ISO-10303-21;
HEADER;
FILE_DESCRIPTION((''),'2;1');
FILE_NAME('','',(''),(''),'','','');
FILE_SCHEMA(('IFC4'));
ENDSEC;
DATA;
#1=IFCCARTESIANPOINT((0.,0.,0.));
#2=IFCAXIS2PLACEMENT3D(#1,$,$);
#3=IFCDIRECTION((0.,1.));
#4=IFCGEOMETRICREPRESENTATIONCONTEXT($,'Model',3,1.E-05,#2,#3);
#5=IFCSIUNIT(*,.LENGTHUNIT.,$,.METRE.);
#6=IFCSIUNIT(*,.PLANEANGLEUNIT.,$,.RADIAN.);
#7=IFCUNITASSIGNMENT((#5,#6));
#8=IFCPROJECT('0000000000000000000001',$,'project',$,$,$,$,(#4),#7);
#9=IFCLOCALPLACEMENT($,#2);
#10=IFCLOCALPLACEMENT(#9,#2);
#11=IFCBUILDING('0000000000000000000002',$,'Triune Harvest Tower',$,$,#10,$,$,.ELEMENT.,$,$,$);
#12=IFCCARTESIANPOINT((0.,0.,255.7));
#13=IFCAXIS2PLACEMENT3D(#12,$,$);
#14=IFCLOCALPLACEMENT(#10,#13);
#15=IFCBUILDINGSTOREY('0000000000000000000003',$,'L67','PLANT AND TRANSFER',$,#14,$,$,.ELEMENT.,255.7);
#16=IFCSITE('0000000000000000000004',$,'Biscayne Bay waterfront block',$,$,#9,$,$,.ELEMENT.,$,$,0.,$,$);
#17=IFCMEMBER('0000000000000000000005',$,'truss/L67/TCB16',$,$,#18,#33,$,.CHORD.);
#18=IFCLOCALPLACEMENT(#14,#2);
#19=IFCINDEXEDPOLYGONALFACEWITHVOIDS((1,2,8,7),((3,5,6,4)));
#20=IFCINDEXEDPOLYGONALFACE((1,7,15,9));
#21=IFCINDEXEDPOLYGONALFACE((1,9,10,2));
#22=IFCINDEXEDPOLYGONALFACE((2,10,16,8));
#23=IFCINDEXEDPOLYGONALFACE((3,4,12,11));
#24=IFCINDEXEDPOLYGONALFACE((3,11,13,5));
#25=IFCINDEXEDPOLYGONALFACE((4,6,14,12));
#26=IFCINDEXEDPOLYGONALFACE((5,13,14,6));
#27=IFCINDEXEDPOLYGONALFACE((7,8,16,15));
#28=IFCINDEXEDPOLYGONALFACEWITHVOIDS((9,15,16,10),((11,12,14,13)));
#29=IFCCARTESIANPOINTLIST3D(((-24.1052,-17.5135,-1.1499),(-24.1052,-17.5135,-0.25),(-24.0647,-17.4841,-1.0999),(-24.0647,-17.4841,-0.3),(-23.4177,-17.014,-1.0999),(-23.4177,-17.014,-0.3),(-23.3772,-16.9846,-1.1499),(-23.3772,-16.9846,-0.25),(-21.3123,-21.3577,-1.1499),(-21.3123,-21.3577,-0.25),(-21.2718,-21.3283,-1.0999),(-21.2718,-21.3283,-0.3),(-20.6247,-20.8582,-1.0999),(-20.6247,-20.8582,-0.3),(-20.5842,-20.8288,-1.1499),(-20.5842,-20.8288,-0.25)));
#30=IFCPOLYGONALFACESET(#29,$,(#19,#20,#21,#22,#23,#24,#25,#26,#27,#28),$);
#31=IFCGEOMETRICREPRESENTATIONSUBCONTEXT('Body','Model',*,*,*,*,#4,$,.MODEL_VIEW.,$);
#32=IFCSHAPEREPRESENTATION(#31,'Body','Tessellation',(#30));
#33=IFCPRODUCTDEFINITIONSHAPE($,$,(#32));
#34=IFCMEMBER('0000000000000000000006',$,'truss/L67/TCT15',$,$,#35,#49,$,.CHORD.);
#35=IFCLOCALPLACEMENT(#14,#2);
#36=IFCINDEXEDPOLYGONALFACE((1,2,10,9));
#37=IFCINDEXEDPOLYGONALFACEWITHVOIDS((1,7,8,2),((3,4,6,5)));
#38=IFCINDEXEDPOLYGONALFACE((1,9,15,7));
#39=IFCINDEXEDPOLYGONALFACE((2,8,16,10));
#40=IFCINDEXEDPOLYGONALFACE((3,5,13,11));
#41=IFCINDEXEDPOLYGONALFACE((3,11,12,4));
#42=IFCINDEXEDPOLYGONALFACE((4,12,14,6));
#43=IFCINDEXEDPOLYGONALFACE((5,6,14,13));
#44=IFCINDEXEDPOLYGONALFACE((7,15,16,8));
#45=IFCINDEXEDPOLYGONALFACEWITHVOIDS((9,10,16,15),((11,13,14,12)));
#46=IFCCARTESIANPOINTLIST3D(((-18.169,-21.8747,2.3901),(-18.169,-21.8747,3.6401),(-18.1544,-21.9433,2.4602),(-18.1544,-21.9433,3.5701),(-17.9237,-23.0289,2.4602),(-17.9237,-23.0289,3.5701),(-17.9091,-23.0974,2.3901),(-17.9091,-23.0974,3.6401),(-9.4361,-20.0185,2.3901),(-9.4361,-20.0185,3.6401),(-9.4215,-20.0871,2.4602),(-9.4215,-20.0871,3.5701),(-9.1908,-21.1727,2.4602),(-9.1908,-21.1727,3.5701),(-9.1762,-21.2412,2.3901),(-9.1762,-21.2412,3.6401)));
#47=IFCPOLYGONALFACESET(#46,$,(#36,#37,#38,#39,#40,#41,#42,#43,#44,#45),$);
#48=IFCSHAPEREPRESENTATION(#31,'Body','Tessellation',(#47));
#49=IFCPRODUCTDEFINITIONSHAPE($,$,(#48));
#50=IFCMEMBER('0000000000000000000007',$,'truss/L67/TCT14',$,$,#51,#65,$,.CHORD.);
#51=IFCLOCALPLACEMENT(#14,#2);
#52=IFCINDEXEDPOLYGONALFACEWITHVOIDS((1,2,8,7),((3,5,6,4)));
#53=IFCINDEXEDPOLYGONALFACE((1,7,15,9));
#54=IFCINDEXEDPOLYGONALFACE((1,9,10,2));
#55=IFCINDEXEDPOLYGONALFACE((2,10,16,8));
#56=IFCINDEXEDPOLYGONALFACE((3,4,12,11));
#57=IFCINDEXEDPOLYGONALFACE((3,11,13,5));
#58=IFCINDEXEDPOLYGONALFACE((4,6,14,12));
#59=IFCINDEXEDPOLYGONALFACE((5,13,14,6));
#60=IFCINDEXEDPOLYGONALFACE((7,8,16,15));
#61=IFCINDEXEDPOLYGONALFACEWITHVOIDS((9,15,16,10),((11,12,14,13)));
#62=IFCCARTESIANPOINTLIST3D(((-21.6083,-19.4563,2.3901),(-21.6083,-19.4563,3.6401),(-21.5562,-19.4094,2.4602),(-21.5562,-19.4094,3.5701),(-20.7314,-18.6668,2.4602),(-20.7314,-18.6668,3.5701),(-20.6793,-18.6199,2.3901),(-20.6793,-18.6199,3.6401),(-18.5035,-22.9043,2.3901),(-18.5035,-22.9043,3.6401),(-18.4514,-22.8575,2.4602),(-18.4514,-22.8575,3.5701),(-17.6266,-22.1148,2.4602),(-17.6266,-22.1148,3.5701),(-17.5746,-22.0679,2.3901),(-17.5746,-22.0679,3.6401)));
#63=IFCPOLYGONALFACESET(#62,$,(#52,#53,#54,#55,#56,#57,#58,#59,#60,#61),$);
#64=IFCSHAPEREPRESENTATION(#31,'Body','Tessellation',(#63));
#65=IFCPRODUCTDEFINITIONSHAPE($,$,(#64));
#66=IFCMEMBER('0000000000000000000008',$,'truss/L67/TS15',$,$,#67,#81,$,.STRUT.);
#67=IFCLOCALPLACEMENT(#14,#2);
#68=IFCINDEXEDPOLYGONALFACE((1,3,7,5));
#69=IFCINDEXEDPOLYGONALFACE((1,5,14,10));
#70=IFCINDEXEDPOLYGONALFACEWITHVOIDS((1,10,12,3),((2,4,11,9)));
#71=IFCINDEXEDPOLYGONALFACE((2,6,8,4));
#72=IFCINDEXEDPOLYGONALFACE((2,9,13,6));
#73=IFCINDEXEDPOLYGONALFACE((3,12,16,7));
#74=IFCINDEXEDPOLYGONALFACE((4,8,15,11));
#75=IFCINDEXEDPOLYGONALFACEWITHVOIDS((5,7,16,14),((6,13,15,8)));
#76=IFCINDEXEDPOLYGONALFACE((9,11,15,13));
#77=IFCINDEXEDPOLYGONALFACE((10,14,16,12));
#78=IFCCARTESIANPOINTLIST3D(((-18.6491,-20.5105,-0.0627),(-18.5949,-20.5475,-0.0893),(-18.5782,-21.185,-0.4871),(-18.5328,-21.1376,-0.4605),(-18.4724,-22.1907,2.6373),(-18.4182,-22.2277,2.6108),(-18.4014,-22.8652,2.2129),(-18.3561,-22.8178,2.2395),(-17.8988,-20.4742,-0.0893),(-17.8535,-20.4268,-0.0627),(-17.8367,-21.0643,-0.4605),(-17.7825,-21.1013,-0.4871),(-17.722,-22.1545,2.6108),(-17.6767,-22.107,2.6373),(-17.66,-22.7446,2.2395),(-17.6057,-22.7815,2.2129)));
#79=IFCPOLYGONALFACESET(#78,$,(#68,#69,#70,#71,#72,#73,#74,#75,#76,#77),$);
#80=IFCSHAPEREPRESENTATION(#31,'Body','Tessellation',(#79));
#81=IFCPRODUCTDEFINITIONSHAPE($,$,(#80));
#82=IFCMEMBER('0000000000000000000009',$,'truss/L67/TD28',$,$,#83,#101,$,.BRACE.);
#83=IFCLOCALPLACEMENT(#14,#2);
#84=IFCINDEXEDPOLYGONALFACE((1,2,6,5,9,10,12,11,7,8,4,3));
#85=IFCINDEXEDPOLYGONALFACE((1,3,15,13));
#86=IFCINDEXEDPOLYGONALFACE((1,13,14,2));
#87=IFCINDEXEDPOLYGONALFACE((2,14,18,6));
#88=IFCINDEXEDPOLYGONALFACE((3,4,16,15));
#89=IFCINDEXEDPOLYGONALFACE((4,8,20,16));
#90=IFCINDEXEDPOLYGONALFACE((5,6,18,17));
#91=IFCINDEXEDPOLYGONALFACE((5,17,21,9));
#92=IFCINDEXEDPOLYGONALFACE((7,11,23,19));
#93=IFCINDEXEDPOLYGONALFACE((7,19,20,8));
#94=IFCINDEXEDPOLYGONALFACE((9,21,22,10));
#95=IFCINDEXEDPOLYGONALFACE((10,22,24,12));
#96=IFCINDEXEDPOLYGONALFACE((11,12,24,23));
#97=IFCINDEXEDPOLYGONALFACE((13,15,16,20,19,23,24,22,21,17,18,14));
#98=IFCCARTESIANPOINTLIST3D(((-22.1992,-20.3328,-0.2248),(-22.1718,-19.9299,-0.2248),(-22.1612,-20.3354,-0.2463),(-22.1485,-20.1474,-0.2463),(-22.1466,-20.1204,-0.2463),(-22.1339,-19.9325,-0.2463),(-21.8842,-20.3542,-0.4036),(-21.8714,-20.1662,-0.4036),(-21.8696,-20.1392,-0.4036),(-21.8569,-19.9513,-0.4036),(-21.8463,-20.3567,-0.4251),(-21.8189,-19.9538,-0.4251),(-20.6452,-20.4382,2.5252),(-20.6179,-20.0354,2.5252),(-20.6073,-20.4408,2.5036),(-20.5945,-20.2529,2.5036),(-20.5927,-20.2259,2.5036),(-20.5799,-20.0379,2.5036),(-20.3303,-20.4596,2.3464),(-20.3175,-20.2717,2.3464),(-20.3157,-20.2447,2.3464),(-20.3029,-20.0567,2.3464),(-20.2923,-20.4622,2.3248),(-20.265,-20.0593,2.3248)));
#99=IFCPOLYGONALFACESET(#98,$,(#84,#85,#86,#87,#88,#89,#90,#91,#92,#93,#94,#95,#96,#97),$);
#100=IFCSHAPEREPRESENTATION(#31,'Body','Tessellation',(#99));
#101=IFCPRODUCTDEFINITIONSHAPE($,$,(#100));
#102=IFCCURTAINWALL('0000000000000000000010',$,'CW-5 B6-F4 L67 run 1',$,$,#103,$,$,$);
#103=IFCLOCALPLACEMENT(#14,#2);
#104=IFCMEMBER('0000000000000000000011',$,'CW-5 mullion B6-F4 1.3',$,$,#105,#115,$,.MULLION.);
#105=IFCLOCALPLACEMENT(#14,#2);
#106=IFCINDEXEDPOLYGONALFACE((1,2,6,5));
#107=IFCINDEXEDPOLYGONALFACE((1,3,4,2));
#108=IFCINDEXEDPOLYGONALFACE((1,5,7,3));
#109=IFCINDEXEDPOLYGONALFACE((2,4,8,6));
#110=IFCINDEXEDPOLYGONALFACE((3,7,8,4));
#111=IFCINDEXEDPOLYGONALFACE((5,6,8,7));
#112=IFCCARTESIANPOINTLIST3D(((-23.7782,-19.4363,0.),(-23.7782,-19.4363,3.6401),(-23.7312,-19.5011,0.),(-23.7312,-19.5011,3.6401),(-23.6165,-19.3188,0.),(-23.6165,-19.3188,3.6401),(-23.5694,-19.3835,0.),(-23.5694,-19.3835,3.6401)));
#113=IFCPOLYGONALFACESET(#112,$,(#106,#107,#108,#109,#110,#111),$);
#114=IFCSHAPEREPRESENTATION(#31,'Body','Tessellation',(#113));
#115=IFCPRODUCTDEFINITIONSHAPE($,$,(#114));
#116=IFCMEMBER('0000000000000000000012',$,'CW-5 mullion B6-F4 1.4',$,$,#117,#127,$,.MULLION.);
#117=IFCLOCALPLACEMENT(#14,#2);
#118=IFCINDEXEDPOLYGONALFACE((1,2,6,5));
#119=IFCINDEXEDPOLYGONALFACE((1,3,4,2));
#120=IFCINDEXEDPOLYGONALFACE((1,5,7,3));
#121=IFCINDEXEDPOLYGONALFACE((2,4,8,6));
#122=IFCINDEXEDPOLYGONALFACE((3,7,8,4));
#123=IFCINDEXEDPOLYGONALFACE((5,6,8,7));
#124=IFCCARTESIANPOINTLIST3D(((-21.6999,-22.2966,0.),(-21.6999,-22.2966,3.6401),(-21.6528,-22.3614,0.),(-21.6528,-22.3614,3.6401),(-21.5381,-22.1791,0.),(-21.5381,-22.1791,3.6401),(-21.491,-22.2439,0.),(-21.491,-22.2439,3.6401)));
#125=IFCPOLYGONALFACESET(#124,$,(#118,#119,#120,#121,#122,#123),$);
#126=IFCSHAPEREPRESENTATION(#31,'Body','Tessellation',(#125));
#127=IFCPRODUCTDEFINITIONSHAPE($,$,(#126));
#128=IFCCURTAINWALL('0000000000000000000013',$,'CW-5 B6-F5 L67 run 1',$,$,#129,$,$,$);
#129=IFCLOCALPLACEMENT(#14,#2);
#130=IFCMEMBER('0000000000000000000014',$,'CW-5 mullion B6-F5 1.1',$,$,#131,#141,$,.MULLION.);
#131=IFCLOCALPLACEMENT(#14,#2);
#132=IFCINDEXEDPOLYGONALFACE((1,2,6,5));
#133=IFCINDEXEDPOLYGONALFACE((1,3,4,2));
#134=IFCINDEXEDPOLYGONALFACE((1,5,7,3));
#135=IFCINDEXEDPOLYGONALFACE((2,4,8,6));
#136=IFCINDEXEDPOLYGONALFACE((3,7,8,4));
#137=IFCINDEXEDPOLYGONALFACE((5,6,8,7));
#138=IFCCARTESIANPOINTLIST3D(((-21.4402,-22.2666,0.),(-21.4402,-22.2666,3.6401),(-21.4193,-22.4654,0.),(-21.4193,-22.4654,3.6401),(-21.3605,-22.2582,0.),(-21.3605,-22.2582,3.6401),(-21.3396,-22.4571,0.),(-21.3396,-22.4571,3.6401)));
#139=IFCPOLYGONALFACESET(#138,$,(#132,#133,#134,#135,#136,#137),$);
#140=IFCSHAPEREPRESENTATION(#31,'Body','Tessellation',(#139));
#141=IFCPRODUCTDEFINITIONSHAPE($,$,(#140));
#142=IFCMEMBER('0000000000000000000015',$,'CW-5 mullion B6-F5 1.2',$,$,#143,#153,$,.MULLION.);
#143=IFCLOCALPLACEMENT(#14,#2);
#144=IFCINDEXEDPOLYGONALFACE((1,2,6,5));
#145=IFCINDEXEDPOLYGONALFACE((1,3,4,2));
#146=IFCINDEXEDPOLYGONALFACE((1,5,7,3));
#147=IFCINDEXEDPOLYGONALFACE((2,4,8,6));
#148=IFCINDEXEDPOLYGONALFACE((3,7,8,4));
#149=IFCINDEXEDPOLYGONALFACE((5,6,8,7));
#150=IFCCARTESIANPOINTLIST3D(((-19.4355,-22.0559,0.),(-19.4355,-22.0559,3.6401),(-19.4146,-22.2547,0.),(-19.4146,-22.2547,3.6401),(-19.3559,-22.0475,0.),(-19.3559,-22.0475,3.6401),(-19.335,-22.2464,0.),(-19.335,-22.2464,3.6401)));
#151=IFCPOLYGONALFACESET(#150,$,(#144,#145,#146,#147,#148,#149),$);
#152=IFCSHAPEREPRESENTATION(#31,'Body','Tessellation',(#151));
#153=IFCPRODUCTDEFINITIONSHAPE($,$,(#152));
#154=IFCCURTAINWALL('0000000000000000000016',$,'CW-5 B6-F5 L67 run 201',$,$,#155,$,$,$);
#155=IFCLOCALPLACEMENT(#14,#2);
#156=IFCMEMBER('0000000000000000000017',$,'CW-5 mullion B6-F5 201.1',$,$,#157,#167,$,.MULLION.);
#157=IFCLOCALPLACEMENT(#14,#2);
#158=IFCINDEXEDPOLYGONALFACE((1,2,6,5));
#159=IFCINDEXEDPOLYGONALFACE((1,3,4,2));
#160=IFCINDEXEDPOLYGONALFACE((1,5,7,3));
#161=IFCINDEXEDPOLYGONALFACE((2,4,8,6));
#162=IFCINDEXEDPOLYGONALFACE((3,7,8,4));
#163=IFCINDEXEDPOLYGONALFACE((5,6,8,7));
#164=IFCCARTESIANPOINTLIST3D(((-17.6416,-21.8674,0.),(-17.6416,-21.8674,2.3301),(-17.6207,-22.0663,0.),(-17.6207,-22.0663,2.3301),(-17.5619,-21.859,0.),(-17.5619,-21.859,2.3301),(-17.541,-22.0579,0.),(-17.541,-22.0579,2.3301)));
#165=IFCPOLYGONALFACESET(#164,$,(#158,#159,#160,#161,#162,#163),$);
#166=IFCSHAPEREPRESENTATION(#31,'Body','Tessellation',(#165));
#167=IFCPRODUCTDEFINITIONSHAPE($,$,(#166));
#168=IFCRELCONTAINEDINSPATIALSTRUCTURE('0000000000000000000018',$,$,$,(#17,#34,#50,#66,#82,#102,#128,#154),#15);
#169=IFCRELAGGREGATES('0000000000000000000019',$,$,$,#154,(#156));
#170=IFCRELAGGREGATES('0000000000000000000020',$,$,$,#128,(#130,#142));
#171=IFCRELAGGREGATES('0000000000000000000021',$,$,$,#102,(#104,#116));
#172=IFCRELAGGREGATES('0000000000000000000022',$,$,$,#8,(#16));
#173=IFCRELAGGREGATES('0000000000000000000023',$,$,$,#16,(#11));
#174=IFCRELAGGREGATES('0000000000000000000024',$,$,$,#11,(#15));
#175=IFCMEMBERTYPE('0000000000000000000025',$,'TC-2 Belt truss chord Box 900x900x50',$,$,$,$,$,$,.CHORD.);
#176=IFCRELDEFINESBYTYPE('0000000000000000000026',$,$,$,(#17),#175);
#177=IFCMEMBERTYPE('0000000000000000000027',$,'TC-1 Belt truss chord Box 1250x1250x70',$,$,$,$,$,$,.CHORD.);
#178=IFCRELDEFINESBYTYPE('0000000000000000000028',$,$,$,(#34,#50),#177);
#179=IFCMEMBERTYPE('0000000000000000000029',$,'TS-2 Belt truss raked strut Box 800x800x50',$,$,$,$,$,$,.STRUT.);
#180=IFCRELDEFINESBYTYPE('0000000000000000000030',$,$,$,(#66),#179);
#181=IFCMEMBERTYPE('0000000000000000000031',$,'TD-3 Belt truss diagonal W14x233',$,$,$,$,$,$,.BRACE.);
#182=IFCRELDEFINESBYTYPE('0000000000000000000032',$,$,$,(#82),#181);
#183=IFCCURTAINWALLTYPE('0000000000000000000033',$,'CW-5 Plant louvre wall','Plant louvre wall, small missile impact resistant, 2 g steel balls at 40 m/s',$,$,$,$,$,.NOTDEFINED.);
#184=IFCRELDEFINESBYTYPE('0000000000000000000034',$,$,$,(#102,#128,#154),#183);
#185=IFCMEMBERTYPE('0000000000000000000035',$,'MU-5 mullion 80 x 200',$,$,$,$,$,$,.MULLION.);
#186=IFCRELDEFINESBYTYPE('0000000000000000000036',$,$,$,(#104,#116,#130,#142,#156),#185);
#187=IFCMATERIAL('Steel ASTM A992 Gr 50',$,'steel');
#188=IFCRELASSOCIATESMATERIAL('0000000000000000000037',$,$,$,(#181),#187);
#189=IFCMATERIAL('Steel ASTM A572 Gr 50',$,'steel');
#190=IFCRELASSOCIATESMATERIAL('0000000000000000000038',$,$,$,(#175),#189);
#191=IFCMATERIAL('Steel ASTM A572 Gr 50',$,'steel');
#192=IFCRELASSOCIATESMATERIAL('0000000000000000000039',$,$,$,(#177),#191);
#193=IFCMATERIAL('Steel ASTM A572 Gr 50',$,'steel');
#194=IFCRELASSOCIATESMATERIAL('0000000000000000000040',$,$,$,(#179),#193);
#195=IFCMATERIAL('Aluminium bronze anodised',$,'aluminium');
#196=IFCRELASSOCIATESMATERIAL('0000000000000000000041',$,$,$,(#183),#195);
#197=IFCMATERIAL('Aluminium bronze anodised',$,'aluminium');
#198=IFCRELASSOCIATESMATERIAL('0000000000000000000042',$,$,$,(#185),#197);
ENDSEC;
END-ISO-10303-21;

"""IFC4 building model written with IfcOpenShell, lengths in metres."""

from ifc_helpers import new_model, si_unit, direction, frame, origin, origin_2d, place, context, subcontext, project, spatial, rectangle, hollow_rectangle, i_section, extrude, source, transform, mapped, material, material_profile, profile_set, type_object, element, aggregate, save


model = new_model("IFC4")

# Units and contexts
model_context = context("Model", 3, precision=1e-05, world=origin(), true_north=direction((0.0, 1.0)))
body_context = subcontext(model_context, "Body", "Model", "MODEL_VIEW")
ifc_project = project(units=[si_unit("LENGTHUNIT", "METRE"), si_unit("PLANEANGLEUNIT", "RADIAN")], contexts=[model_context])

# Site, building, storey
site_placement = place(None, origin())
site = spatial("IfcSite", under=ifc_project, at=site_placement, Name="Biscayne Bay waterfront block", CompositionType="ELEMENT", RefElevation=0.0)
building_placement = place(site_placement, origin())
building = spatial("IfcBuilding", under=site, at=building_placement, Name="Triune Harvest Tower", CompositionType="ELEMENT")
storey_placement = place(building_placement, frame((0.0, 0.0, 255.7)))
storey = spatial("IfcBuildingStorey", under=building, at=storey_placement, Name="L67", Description="PLANT AND TRANSFER", CompositionType="ELEMENT", Elevation=255.7)

# Members
ifc_material_1 = material(Name="Steel ASTM A992 Gr 50", Category="steel")
ifc_material_profile_1 = material_profile(ifc_material_1, i_section(OverallWidth=0.4038, OverallDepth=0.4065, WebThickness=0.0271, FlangeThickness=0.0437, at=origin_2d()), Name="W14x233")
ifc_profile_set_1 = profile_set([ifc_material_profile_1], Name="Steel ASTM A992 Gr 50")
member_type_1 = type_object("IfcMemberType", Name="TD-3 Belt truss diagonal W14x233", PredefinedType="BRACE", material=ifc_profile_set_1)
ifc_material_2 = material(Name="Steel ASTM A572 Gr 50", Category="steel")
ifc_material_profile_2 = material_profile(ifc_material_2, hollow_rectangle(XDim=0.8999, YDim=0.8999, WallThickness=0.05, at=origin_2d()), Name="Box 900x900x50")
ifc_profile_set_2 = profile_set([ifc_material_profile_2], Name="Steel ASTM A572 Gr 50")
member_type_2 = type_object("IfcMemberType", Name="TC-2 Belt truss chord Box 900x900x50", PredefinedType="CHORD", material=ifc_profile_set_2)
shared_shape_1 = source(origin(), body_context, "Body", "SweptSolid", [
    extrude(hollow_rectangle(XDim=0.8999, YDim=0.8999, WallThickness=0.05, at=origin_2d()), origin(), (0.0, 0.0, 1.0), 4.7517),
])
member_1_placement = place(storey_placement, frame((-23.7412, -17.249, -0.7), z_axis=(0.587781, -0.80902, 0.0), x_axis=(0.80902, 0.587781, 0.0)))
element("IfcMember", 1, at=member_1_placement, inside=storey, type_object=member_type_2, Name="truss/L67/TCB16", PredefinedType="CHORD", context=body_context, shape_type="MappedRepresentation", body=[
    mapped(shared_shape_1, transform((0.0, 0.0, 0.0), scale=1.0)),
])
ifc_material_3 = material(Name="Steel ASTM A572 Gr 50", Category="steel")
ifc_material_profile_3 = material_profile(ifc_material_3, hollow_rectangle(XDim=1.25, YDim=1.25, WallThickness=0.0701, at=origin_2d()), Name="Box 1250x1250x70")
ifc_profile_set_3 = profile_set([ifc_material_profile_3], Name="Steel ASTM A572 Gr 50")
member_type_3 = type_object("IfcMemberType", Name="TC-1 Belt truss chord Box 1250x1250x70", PredefinedType="CHORD", material=ifc_profile_set_3)
shared_shape_2 = source(origin(), body_context, "Body", "SweptSolid", [
    extrude(hollow_rectangle(XDim=1.25, YDim=1.25, WallThickness=0.0701, at=origin_2d()), origin(), (0.0, 0.0, 1.0), 8.928),
])
member_2_placement = place(storey_placement, frame((-18.0391, -22.4861, 3.0151), z_axis=(0.978148, 0.207908, 0.0), x_axis=(-0.207908, 0.978148, 0.0)))
element("IfcMember", 2, at=member_2_placement, inside=storey, type_object=member_type_3, Name="truss/L67/TCT15", PredefinedType="CHORD", context=body_context, shape_type="MappedRepresentation", body=[
    mapped(shared_shape_2, transform((0.0, 0.0, 0.0), scale=1.0)),
])
shared_shape_3 = source(origin(), body_context, "Body", "SweptSolid", [
    extrude(hollow_rectangle(XDim=1.25, YDim=1.25, WallThickness=0.0701, at=origin_2d()), origin(), (0.0, 0.0, 1.0), 4.6399),
])
member_3_placement = place(storey_placement, frame((-21.1438, -19.0381, 3.0151), z_axis=(0.669148, -0.743129, 0.0), x_axis=(0.743129, 0.669148, 0.0)))
element("IfcMember", 3, at=member_3_placement, inside=storey, type_object=member_type_3, Name="truss/L67/TCT14", PredefinedType="CHORD", context=body_context, shape_type="MappedRepresentation", body=[
    mapped(shared_shape_3, transform((0.0, 0.0, 0.0), scale=1.0)),
])
ifc_material_4 = material(Name="Steel ASTM A572 Gr 50", Category="steel")
ifc_material_profile_4 = material_profile(ifc_material_4, hollow_rectangle(XDim=0.8, YDim=0.8, WallThickness=0.05, at=origin_2d()), Name="Box 800x800x50")
ifc_profile_set_4 = profile_set([ifc_material_profile_4], Name="Steel ASTM A572 Gr 50")
member_type_4 = type_object("IfcMemberType", Name="TS-2 Belt truss raked strut Box 800x800x50", PredefinedType="STRUT", material=ifc_profile_set_4)
shared_shape_4 = source(origin(), body_context, "Body", "SweptSolid", [
    extrude(hollow_rectangle(XDim=0.8, YDim=0.8, WallThickness=0.05, at=origin_2d()), origin(), (0.0, 0.0, 1.0), 3.1851),
])
member_4_placement = place(storey_placement, frame((-18.2158, -20.8059, -0.2749), z_axis=(0.055498, -0.527534, 0.847719), x_axis=(0.994512, 0.104625, 0.0)))
element("IfcMember", 4, at=member_4_placement, inside=storey, type_object=member_type_4, Name="truss/L67/TS15", PredefinedType="STRUT", context=body_context, shape_type="MappedRepresentation", body=[
    mapped(shared_shape_4, transform((0.0, 0.0, 0.0), scale=1.0)),
])
shared_shape_5 = source(origin(), body_context, "Body", "SweptSolid", [
    extrude(i_section(OverallWidth=0.4038, OverallDepth=0.4065, WebThickness=0.0271, FlangeThickness=0.0437, at=origin_2d()), origin(), (0.0, 0.0, 1.0), 3.1604),
])
member_5_placement = place(storey_placement, frame((-22.009, -20.1433, -0.325), z_axis=(0.491689, -0.033372, 0.870131), x_axis=(0.067715, 0.997705, 0.0)))
element("IfcMember", 5, at=member_5_placement, inside=storey, type_object=member_type_1, Name="truss/L67/TD28", PredefinedType="BRACE", context=body_context, shape_type="MappedRepresentation", body=[
    mapped(shared_shape_5, transform((0.0, 0.0, 0.0), scale=1.0)),
])

# Curtain walls, members
ifc_material_5 = material(Name="Aluminium bronze anodised", Category="aluminium")
curtain_wall_type = type_object("IfcCurtainWallType", Name="CW-5 Plant louvre wall", Description="Plant louvre wall, small missile impact resistant, 2 g steel balls at 40 m/s", PredefinedType="NOTDEFINED", material=ifc_material_5)
curtain_wall_1_placement = place(storey_placement, origin())
curtain_wall_1 = element("IfcCurtainWall", 6, at=curtain_wall_1_placement, inside=storey, type_object=curtain_wall_type, Name="CW-5 B6-F4 L67 run 1")
ifc_material_6 = material(Name="Aluminium bronze anodised", Category="aluminium")
ifc_material_profile_5 = material_profile(ifc_material_6, rectangle(XDim=0.2, YDim=0.0801, at=origin_2d()), Name="MU-5 mullion 80 x 200")
ifc_profile_set_5 = profile_set([ifc_material_profile_5], Name="Aluminium bronze anodised")
member_type_5 = type_object("IfcMemberType", Name="MU-5 mullion 80 x 200", PredefinedType="MULLION", material=ifc_profile_set_5)
shared_shape_6 = source(origin(), body_context, "Body", "SweptSolid", [
    extrude(rectangle(XDim=0.2, YDim=0.0801, at=origin_2d()), origin(), (0.0, 0.0, 1.0), 3.6401),
])
member_6_placement = place(storey_placement, frame((-23.6738, -19.4099, 0.0), z_axis=(0.0, 0.0, 1.0), x_axis=(0.809014, 0.587789, 0.0)))
member_6 = element("IfcMember", 7, at=member_6_placement, type_object=member_type_5, Name="CW-5 mullion B6-F4 1.3", PredefinedType="MULLION", context=body_context, shape_type="MappedRepresentation", body=[
    mapped(shared_shape_6, transform((0.0, 0.0, 0.0), scale=1.0)),
])
member_7_placement = place(storey_placement, frame((-21.5955, -22.2703, 0.0), z_axis=(0.0, 0.0, 1.0), x_axis=(0.809014, 0.587789, 0.0)))
member_7 = element("IfcMember", 8, at=member_7_placement, type_object=member_type_5, Name="CW-5 mullion B6-F4 1.4", PredefinedType="MULLION", context=body_context, shape_type="MappedRepresentation", body=[
    mapped(shared_shape_6, transform((0.0, 0.0, 0.0), scale=1.0)),
])
curtain_wall_2_placement = place(storey_placement, origin())
curtain_wall_2 = element("IfcCurtainWall", 9, at=curtain_wall_2_placement, inside=storey, type_object=curtain_wall_type, Name="CW-5 B6-F5 L67 run 1")
member_8_placement = place(storey_placement, frame((-21.3899, -22.3618, 0.0), z_axis=(0.0, 0.0, 1.0), x_axis=(-0.104553, 0.994519, 0.0)))
member_8 = element("IfcMember", 10, at=member_8_placement, type_object=member_type_5, Name="CW-5 mullion B6-F5 1.1", PredefinedType="MULLION", context=body_context, shape_type="MappedRepresentation", body=[
    mapped(shared_shape_6, transform((0.0, 0.0, 0.0), scale=1.0)),
])
member_9_placement = place(storey_placement, frame((-19.3853, -22.1511, 0.0), z_axis=(0.0, 0.0, 1.0), x_axis=(-0.104553, 0.994519, 0.0)))
member_9 = element("IfcMember", 11, at=member_9_placement, type_object=member_type_5, Name="CW-5 mullion B6-F5 1.2", PredefinedType="MULLION", context=body_context, shape_type="MappedRepresentation", body=[
    mapped(shared_shape_6, transform((0.0, 0.0, 0.0), scale=1.0)),
])

# Curtain wall, member
curtain_wall_3_placement = place(storey_placement, origin())
curtain_wall_3 = element("IfcCurtainWall", 12, at=curtain_wall_3_placement, inside=storey, type_object=curtain_wall_type, Name="CW-5 B6-F5 L67 run 201")
shared_shape_7 = source(origin(), body_context, "Body", "SweptSolid", [
    extrude(rectangle(XDim=0.2, YDim=0.0801, at=origin_2d()), origin(), (0.0, 0.0, 1.0), 2.3301),
])
member_10_placement = place(storey_placement, frame((-17.5913, -21.9626, 0.0), z_axis=(0.0, 0.0, 1.0), x_axis=(-0.104569, 0.994518, 0.0)))
member_10 = element("IfcMember", 13, at=member_10_placement, type_object=member_type_5, Name="CW-5 mullion B6-F5 201.1", PredefinedType="MULLION", context=body_context, shape_type="MappedRepresentation", body=[
    mapped(shared_shape_7, transform((0.0, 0.0, 0.0), scale=1.0)),
])
aggregate(curtain_wall_3, [member_10])

aggregate(curtain_wall_2, [member_8, member_9])
aggregate(curtain_wall_1, [member_6, member_7])

save(model, "model.ifc")
